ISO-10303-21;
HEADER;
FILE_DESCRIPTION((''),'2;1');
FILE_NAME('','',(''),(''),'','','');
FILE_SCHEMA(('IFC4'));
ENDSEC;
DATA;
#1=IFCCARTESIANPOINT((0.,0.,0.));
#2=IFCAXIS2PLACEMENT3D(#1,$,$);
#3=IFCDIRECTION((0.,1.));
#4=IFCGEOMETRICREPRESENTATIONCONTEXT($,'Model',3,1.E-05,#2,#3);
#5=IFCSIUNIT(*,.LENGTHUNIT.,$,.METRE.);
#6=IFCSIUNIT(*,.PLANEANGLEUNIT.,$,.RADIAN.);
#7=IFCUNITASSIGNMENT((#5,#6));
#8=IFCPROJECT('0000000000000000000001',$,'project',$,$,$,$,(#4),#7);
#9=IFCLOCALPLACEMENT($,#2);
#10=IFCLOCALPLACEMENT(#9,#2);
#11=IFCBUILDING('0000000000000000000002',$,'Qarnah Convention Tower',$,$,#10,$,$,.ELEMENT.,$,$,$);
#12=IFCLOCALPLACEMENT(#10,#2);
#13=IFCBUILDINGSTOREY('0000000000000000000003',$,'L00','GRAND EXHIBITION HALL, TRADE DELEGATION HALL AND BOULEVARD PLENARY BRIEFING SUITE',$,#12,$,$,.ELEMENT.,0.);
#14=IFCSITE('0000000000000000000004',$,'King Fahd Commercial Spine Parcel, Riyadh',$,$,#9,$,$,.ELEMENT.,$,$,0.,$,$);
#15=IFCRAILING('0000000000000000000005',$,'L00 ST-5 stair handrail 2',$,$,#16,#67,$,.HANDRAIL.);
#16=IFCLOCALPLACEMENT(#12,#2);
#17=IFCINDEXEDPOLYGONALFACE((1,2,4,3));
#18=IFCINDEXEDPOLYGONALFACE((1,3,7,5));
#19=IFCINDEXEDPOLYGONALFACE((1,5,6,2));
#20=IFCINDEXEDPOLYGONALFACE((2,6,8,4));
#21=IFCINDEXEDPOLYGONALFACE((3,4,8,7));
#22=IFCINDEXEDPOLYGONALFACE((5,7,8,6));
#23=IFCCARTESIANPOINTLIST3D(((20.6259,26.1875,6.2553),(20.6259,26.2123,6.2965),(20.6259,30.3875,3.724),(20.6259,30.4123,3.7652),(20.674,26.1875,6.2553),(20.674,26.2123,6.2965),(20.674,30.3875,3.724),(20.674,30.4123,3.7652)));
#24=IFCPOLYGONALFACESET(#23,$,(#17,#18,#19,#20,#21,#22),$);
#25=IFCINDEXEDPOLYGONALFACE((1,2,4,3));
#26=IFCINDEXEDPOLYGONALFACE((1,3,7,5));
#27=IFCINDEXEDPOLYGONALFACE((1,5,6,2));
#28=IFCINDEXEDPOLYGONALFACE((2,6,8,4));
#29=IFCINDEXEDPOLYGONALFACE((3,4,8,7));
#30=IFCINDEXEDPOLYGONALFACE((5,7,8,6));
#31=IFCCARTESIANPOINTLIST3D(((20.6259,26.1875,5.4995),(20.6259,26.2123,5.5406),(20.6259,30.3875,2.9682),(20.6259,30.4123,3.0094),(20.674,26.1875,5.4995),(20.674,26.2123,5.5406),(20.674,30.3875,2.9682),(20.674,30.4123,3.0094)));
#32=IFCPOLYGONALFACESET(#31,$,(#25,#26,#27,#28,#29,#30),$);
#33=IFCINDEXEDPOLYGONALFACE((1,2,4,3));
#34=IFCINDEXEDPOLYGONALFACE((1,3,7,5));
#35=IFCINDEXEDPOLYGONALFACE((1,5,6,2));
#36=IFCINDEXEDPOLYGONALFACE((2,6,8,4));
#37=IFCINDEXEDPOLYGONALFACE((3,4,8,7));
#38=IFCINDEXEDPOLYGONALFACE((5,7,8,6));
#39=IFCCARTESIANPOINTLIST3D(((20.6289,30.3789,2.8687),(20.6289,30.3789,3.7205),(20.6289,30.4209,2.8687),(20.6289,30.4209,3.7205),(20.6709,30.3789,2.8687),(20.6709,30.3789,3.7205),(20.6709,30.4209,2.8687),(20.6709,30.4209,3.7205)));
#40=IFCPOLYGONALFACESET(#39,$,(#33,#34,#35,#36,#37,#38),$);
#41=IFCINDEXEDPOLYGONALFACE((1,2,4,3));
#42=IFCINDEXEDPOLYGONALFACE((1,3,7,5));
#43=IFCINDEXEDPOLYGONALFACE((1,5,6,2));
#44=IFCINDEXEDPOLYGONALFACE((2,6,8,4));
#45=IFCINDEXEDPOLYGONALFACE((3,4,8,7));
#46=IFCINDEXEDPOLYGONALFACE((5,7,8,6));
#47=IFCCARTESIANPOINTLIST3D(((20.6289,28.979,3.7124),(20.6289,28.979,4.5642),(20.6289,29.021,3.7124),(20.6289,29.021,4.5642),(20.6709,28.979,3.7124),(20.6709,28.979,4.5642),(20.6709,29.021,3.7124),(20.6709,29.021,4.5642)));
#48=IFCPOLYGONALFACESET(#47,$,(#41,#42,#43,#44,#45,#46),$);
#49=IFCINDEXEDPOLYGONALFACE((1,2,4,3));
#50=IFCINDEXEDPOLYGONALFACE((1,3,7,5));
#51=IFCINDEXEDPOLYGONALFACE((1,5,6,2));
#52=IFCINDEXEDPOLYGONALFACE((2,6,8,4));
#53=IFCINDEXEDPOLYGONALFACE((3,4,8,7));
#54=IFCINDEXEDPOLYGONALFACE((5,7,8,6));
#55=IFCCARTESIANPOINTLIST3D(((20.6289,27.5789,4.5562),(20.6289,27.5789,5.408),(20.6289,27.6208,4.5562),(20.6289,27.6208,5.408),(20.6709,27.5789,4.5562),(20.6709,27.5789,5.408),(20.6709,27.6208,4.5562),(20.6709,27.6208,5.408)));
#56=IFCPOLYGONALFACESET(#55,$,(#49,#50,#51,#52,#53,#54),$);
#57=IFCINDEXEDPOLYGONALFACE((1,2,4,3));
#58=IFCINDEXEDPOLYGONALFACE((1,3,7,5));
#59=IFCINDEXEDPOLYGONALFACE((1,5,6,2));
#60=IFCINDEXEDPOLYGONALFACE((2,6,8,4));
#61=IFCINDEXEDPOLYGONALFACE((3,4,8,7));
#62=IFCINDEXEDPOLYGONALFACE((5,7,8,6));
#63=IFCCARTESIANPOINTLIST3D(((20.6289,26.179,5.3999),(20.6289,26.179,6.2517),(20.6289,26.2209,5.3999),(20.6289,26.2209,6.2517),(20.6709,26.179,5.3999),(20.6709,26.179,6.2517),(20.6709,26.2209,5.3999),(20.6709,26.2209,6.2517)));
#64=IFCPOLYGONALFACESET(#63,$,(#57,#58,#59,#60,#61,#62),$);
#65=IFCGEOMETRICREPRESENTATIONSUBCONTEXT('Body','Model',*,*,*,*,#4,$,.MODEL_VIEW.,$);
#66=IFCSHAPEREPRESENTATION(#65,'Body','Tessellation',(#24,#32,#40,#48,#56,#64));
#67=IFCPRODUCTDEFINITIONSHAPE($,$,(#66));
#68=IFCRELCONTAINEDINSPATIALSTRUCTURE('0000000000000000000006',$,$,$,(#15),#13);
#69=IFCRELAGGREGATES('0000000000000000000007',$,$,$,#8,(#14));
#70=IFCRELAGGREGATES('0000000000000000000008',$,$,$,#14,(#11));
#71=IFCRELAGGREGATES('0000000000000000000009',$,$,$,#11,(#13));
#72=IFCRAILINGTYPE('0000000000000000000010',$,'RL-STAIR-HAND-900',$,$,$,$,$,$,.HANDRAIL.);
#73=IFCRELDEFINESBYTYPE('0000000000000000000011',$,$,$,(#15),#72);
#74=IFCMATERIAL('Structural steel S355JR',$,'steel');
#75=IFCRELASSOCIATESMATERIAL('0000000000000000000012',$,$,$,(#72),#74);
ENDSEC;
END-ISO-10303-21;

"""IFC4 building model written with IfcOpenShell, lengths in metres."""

from ifc_helpers import new_model, si_unit, direction, frame, origin, origin_2d, place, context, subcontext, project, spatial, rectangle, extrude, material, type_object, element, save


model = new_model("IFC4")

# Units and contexts
model_context = context("Model", 3, precision=1e-05, world=origin(), true_north=direction((0.0, 1.0)))
body_context = subcontext(model_context, "Body", "Model", "MODEL_VIEW")
ifc_project = project(units=[si_unit("LENGTHUNIT", "METRE"), si_unit("PLANEANGLEUNIT", "RADIAN")], contexts=[model_context])

# Site, building, storey
site_placement = place(None, origin())
site = spatial("IfcSite", under=ifc_project, at=site_placement, Name="King Fahd Commercial Spine Parcel, Riyadh", CompositionType="ELEMENT", RefElevation=0.0)
building_placement = place(site_placement, origin())
building = spatial("IfcBuilding", under=site, at=building_placement, Name="Qarnah Convention Tower", CompositionType="ELEMENT")
storey_placement = place(building_placement, origin())
storey = spatial("IfcBuildingStorey", under=building, at=storey_placement, Name="L00", Description="GRAND EXHIBITION HALL, TRADE DELEGATION HALL AND BOULEVARD PLENARY BRIEFING SUITE", CompositionType="ELEMENT", Elevation=0.0)

# Shared definitions
ifc_material_1 = material(Name="Structural steel S355JR", Category="steel")

# Railing
railing_type = type_object("IfcRailingType", Name="RL-STAIR-HAND-900", PredefinedType="HANDRAIL", material=ifc_material_1)
railing_placement = place(storey_placement, frame((20.6499, 30.3999, 2.8687)))
element("IfcRailing", 1, at=railing_placement, inside=storey, type_object=railing_type, Name="L00 ST-5 stair handrail 2", PredefinedType="HANDRAIL", context=body_context, shape_type="SweptSolid", body=[
    extrude(rectangle(XDim=0.0481, YDim=0.0481, at=origin_2d()), frame((0.0, 0.0, 0.876), z_axis=(0.0, -0.856476, 0.516186), x_axis=(1.0, 0.0, 0.0)), (0.0, 0.0, 1.0), 4.9038),
    extrude(rectangle(XDim=0.0481, YDim=0.0481, at=origin_2d()), frame((0.0, 0.0, 0.1201), z_axis=(0.0, -0.856476, 0.516186), x_axis=(1.0, 0.0, 0.0)), (0.0, 0.0, 1.0), 4.9038),
    extrude(rectangle(XDim=0.042, YDim=0.042, at=origin_2d()), origin(), (0.0, 0.0, 1.0), 0.8518),
    extrude(rectangle(XDim=0.042, YDim=0.042, at=origin_2d()), frame((0.0, -1.3999, 0.8438)), (0.0, 0.0, 1.0), 0.8518),
    extrude(rectangle(XDim=0.042, YDim=0.042, at=origin_2d()), frame((0.0, -2.8, 1.6875)), (0.0, 0.0, 1.0), 0.8518),
    extrude(rectangle(XDim=0.042, YDim=0.042, at=origin_2d()), frame((0.0, -4.2, 2.5312)), (0.0, 0.0, 1.0), 0.8518),
])

save(model, "model.ifc")
